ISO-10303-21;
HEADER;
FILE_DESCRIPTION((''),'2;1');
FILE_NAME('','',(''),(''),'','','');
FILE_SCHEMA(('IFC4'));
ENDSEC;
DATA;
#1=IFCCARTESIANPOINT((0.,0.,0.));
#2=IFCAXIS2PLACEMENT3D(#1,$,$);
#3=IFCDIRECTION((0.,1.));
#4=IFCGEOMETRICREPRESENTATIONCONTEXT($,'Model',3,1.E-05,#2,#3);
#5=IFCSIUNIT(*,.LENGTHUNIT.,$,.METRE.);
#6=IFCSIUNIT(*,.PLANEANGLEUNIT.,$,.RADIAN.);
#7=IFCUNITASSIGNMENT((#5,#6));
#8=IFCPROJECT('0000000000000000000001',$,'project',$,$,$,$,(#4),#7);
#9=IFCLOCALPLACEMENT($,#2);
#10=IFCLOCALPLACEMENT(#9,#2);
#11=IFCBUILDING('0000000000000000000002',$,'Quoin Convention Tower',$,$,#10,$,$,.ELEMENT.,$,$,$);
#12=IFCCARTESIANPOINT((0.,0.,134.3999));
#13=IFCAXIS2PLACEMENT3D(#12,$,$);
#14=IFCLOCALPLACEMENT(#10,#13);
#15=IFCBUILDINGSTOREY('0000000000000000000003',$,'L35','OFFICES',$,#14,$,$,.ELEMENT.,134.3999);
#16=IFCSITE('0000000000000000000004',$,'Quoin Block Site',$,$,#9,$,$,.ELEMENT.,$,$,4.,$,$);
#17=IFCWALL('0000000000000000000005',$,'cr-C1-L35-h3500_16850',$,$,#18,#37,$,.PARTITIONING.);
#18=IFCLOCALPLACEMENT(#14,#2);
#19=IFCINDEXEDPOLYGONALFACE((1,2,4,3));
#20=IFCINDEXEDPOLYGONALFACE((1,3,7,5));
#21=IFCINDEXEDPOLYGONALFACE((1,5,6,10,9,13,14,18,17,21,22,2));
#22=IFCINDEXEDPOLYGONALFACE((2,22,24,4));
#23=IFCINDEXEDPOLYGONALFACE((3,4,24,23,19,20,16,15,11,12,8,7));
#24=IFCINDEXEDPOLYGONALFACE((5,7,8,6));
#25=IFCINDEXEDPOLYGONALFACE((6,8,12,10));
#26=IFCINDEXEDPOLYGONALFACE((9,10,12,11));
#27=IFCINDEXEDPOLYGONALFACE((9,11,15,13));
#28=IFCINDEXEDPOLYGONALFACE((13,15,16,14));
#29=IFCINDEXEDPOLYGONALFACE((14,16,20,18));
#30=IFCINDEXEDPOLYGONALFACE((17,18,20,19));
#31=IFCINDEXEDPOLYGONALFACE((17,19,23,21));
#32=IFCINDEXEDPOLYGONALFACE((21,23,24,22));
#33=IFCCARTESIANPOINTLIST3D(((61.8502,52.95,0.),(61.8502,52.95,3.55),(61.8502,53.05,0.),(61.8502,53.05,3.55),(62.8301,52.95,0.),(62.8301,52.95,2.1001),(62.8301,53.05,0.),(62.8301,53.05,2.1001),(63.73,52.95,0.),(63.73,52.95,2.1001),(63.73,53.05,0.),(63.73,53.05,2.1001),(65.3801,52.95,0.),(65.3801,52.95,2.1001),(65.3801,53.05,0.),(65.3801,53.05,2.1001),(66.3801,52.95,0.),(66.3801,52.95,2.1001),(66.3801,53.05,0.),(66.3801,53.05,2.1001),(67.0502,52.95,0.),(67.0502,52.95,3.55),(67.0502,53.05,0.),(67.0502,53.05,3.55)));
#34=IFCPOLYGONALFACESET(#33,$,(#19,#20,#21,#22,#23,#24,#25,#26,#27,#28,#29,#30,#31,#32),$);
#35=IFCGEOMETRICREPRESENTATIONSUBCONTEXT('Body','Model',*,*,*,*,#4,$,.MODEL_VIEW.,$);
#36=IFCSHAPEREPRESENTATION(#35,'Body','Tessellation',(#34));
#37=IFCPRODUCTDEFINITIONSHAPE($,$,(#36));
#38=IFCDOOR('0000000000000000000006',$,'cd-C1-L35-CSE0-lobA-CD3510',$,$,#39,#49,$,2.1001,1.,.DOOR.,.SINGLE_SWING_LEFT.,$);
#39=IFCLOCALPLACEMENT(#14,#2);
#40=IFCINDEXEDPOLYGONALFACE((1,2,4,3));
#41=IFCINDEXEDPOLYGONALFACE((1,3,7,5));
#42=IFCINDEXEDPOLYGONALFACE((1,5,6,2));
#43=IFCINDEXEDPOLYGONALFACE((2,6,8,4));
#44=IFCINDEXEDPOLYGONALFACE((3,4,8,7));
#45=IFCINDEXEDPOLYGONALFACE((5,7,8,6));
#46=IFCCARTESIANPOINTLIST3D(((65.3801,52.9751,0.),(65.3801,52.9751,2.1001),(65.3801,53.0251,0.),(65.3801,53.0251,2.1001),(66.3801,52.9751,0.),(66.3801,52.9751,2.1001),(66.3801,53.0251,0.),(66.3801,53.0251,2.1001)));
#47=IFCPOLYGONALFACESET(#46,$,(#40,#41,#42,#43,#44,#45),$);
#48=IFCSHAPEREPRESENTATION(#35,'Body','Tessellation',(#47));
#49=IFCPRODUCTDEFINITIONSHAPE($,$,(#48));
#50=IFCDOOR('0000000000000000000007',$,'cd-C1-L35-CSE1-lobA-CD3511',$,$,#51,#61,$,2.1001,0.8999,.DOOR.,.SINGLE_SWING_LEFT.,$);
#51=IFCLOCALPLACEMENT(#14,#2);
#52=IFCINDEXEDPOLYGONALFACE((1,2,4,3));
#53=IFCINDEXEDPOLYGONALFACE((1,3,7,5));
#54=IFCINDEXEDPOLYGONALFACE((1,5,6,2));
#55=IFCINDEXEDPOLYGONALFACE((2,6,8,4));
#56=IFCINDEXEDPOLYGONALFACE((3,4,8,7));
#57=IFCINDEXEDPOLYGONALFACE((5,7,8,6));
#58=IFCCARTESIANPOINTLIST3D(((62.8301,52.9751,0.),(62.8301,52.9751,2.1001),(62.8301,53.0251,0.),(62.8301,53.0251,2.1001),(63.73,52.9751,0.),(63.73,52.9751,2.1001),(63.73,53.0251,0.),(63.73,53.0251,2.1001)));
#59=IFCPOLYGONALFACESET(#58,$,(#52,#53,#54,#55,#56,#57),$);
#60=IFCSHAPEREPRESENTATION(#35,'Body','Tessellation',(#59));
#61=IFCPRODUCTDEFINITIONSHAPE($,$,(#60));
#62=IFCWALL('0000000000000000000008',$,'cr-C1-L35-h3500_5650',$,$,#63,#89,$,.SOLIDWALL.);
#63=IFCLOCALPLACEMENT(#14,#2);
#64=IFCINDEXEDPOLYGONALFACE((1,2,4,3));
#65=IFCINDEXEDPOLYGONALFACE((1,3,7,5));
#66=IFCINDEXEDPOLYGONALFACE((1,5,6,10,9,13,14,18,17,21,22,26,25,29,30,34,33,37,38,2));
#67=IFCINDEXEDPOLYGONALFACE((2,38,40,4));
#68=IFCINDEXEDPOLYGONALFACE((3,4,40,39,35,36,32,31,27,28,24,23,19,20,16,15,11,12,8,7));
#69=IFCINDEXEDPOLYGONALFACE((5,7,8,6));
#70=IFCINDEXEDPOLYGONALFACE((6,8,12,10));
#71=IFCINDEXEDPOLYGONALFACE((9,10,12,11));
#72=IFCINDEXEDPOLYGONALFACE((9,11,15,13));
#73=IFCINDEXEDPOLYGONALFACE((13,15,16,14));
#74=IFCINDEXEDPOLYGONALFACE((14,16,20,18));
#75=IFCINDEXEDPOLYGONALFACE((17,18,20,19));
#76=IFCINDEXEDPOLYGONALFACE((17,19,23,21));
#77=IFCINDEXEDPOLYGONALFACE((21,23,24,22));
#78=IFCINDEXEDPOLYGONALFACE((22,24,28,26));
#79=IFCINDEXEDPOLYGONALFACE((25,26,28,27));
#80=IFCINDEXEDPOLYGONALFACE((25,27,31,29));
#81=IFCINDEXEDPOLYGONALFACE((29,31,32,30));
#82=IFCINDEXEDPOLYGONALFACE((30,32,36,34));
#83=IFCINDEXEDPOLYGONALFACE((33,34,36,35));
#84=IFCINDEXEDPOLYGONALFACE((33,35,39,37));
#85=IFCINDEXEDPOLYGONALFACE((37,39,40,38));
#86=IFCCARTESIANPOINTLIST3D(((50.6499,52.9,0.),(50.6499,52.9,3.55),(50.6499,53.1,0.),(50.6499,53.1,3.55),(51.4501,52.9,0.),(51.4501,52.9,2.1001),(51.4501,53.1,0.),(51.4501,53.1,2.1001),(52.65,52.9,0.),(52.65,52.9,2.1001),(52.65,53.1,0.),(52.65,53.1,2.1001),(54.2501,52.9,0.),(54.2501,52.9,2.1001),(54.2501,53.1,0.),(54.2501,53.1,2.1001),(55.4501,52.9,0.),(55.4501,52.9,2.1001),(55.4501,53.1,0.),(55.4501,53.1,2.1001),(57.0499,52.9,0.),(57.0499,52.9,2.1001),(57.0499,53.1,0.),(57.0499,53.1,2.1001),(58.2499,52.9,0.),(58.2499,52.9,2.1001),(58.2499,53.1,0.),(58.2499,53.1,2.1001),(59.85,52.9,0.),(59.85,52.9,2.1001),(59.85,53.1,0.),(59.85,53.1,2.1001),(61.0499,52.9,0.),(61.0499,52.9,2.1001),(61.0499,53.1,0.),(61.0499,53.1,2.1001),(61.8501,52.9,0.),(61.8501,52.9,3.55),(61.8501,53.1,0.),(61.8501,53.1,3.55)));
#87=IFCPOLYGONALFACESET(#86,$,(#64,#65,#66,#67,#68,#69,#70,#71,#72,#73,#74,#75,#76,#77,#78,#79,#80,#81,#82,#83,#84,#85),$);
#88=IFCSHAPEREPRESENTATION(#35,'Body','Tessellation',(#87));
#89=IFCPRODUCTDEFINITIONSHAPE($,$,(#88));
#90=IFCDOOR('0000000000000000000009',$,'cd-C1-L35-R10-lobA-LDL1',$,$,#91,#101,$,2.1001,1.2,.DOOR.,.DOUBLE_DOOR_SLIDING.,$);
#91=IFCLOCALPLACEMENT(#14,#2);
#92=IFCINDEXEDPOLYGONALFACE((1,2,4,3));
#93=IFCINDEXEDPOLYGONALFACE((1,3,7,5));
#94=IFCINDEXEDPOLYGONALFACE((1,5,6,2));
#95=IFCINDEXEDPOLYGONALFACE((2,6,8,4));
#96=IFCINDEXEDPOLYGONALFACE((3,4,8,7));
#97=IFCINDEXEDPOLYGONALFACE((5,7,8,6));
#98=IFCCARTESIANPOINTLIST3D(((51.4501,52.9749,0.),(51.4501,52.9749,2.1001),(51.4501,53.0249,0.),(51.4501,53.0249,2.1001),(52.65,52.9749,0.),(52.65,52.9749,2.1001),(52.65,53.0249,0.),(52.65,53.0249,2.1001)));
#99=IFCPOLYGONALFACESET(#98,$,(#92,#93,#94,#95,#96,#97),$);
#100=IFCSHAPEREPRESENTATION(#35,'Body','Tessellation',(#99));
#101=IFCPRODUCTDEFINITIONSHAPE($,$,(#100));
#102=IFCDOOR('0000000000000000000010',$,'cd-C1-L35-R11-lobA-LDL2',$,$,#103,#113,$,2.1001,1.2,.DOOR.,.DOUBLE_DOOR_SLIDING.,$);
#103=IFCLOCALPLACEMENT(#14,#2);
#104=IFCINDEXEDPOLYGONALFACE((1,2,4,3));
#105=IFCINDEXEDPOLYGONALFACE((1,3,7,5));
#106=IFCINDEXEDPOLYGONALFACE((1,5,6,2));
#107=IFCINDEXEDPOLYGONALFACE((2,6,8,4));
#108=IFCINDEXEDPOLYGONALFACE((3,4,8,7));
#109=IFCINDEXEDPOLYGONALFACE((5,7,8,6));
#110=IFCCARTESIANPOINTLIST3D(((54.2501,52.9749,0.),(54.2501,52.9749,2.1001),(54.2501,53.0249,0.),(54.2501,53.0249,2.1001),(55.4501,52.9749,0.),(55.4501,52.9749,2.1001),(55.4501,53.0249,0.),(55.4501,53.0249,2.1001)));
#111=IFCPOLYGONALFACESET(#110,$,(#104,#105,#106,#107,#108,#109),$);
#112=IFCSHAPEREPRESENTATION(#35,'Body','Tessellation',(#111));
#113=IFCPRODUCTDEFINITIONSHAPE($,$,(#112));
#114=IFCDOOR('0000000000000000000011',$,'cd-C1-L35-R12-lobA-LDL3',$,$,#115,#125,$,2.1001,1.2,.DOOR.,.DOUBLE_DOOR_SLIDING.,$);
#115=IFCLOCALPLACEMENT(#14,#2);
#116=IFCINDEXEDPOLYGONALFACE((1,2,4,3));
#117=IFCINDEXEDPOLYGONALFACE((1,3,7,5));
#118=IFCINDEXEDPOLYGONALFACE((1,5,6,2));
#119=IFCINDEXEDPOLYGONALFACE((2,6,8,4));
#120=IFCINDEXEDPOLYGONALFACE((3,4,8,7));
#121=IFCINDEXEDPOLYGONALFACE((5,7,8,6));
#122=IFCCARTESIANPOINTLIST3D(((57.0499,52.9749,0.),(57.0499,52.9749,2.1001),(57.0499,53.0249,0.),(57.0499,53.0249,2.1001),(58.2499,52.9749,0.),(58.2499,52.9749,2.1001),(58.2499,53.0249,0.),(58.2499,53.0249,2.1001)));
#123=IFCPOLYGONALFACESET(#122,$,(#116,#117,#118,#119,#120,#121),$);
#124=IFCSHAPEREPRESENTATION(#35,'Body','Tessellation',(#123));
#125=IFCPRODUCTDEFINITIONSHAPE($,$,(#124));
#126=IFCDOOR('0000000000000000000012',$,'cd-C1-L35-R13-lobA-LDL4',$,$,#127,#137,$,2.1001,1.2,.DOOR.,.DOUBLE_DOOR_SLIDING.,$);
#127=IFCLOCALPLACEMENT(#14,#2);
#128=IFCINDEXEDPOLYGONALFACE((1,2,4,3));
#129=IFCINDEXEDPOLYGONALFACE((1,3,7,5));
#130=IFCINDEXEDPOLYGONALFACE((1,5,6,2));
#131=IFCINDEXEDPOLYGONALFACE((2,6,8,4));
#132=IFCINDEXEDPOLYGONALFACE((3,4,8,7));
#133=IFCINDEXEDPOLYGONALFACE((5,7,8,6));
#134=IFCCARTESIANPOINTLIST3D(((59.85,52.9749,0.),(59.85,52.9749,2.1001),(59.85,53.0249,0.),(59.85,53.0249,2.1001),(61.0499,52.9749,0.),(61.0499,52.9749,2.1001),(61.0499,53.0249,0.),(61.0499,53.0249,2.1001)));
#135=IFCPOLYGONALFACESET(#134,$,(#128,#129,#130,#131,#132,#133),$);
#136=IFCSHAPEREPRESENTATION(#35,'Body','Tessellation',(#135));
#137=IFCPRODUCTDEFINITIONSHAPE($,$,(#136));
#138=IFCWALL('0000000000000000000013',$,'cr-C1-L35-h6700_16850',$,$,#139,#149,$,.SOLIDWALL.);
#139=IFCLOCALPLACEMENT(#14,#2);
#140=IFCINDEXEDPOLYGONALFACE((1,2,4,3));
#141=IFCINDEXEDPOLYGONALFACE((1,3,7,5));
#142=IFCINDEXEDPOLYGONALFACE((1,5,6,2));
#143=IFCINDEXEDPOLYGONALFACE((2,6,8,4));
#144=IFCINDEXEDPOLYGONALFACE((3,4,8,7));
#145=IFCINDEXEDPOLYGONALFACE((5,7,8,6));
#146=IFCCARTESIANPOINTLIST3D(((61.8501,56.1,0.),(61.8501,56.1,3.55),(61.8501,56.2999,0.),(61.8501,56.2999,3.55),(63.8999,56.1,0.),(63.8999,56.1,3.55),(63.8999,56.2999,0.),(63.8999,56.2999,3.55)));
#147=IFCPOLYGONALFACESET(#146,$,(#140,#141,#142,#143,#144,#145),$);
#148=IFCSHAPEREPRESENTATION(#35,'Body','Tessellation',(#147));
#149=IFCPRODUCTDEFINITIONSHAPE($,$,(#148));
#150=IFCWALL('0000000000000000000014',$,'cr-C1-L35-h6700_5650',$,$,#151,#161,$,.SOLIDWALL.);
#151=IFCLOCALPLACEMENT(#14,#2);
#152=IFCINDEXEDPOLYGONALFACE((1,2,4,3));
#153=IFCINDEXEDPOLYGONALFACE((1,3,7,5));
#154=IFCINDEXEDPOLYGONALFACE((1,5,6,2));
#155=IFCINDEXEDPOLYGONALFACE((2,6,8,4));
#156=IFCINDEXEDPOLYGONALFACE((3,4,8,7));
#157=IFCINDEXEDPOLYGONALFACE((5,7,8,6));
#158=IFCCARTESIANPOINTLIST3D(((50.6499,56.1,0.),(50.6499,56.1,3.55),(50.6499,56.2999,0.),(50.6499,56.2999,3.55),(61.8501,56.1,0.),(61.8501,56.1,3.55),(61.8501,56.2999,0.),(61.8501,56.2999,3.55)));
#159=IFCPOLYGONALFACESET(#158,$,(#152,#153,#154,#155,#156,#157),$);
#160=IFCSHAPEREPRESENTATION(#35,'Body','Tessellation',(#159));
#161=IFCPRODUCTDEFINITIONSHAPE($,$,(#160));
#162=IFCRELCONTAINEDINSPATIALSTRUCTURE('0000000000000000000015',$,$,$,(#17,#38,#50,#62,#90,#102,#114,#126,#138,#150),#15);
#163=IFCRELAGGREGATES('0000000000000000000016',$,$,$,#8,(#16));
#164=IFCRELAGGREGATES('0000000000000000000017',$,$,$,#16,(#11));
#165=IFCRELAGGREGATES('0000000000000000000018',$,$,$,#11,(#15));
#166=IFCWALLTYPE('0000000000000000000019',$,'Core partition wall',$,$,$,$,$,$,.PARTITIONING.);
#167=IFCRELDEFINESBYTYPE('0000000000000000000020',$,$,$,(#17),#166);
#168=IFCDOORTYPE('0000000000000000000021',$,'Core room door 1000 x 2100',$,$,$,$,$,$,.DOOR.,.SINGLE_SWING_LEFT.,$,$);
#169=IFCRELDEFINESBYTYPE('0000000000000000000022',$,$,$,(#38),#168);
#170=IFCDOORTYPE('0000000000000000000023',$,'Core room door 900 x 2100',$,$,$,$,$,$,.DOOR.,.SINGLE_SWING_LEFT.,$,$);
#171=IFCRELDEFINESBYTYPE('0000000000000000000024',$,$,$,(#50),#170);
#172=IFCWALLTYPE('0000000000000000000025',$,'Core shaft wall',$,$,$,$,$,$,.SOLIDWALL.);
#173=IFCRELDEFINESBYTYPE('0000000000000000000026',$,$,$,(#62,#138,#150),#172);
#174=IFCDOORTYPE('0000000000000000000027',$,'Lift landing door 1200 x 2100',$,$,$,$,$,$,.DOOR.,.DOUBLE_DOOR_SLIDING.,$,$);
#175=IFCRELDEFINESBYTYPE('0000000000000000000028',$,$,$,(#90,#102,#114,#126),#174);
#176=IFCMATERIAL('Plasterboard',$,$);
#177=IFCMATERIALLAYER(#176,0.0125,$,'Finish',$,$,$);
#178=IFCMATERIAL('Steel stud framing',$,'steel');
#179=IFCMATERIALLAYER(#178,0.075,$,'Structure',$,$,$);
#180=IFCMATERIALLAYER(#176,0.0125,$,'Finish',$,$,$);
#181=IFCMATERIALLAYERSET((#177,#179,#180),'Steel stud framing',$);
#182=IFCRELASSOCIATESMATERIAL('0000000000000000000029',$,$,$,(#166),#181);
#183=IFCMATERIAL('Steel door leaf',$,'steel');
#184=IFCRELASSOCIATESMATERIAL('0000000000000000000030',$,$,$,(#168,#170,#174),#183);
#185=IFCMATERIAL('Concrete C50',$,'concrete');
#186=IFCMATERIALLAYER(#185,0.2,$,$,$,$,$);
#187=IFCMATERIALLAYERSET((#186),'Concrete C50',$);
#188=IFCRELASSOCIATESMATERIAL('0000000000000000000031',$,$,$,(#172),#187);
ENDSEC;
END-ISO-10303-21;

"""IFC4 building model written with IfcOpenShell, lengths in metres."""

from ifc_helpers import new_model, si_unit, direction, frame, frame_2d, origin, place, context, subcontext, project, spatial, rectangle, extrude, material, layer, layer_set, type_object, element, fill, save


model = new_model("IFC4")

# Units and contexts
model_context = context("Model", 3, precision=1e-05, world=origin(), true_north=direction((0.0, 1.0)))
body_context = subcontext(model_context, "Body", "Model", "MODEL_VIEW")
ifc_project = project(units=[si_unit("LENGTHUNIT", "METRE"), si_unit("PLANEANGLEUNIT", "RADIAN")], contexts=[model_context])

# Site, building, storey
site_placement = place(None, origin())
site = spatial("IfcSite", under=ifc_project, at=site_placement, Name="Quoin Block Site", CompositionType="ELEMENT", RefElevation=4.0)
building_placement = place(site_placement, origin())
building = spatial("IfcBuilding", under=site, at=building_placement, Name="Quoin Convention Tower", CompositionType="ELEMENT")
storey_placement = place(building_placement, frame((0.0, 0.0, 134.3999)))
storey = spatial("IfcBuildingStorey", under=building, at=storey_placement, Name="L35", Description="OFFICES", CompositionType="ELEMENT", Elevation=134.3999)

# Walls, openings, doors
ifc_material_1 = material(Name="Plasterboard")
ifc_layer_1 = layer(ifc_material_1, 0.0125, Name="Finish")
ifc_material_2 = material(Name="Steel stud framing", Category="steel")
ifc_layer_2 = layer(ifc_material_2, 0.075, Name="Structure")
ifc_layer_3 = layer(ifc_material_1, 0.0125, Name="Finish")
ifc_layer_set_1 = layer_set([ifc_layer_1, ifc_layer_2, ifc_layer_3], Name="Steel stud framing")
wall_type_1 = type_object("IfcWallType", Name="Core partition wall", PredefinedType="PARTITIONING", material=ifc_layer_set_1)
wall_1_placement = place(storey_placement, frame((61.8501, 53.0, 0.0), z_axis=(0.0, 0.0, 1.0), x_axis=(1.0, 0.0, 0.0)))
wall_1 = element("IfcWall", 1, at=wall_1_placement, inside=storey, type_object=wall_type_1, Name="cr-C1-L35-h3500_16850", PredefinedType="PARTITIONING", context=body_context, shape_type="SweptSolid", body=[
    extrude(rectangle(XDim=5.2, YDim=0.1001, at=frame_2d((2.6001, 0.0))), origin(), (0.0, 0.0, 1.0), 3.55),
])
opening_1_placement = place(wall_1_placement, frame((3.53, 0.0, 0.0)))
opening_1 = element("IfcOpeningElement", 2, at=opening_1_placement, cuts=wall_1, PredefinedType="OPENING", context=body_context, shape_type="SweptSolid", body=[
    extrude(rectangle(XDim=1.0, YDim=2.1001, at=frame_2d((0.5, 1.05))), frame((0.0, 0.0601, 0.0), z_axis=(0.0, -1.0, 0.0), x_axis=(1.0, 0.0, 0.0)), (0.0, 0.0, 1.0), 0.1201),
])
opening_2_placement = place(wall_1_placement, frame((0.98, 0.0, 0.0)))
opening_2 = element("IfcOpeningElement", 3, at=opening_2_placement, cuts=wall_1, PredefinedType="OPENING", context=body_context, shape_type="SweptSolid", body=[
    extrude(rectangle(XDim=0.8999, YDim=2.1001, at=frame_2d((0.45, 1.05))), frame((0.0, 0.0601, 0.0), z_axis=(0.0, -1.0, 0.0), x_axis=(1.0, 0.0, 0.0)), (0.0, 0.0, 1.0), 0.1201),
])
ifc_material_3 = material(Name="Steel door leaf", Category="steel")
door_type_1 = type_object("IfcDoorType", Name="Core room door 1000 x 2100", OperationType="SINGLE_SWING_LEFT", PredefinedType="DOOR", material=ifc_material_3)
door_1_placement = place(opening_1_placement, frame((1.0, 0.0, 0.0), z_axis=(0.0, 0.0, 1.0), x_axis=(-1.0, 0.0, 0.0)))
door_1 = element("IfcDoor", 4, at=door_1_placement, inside=storey, type_object=door_type_1, Name="cd-C1-L35-CSE0-lobA-CD3510", OperationType="SINGLE_SWING_LEFT", OverallHeight=2.1001, OverallWidth=1.0, PredefinedType="DOOR", context=body_context, shape_type="SweptSolid", body=[
    extrude(rectangle(XDim=1.0, YDim=2.1001, at=frame_2d((0.5, 1.05))), frame((0.0, 0.0249, 0.0), z_axis=(0.0, -1.0, 0.0), x_axis=(1.0, 0.0, 0.0)), (0.0, 0.0, 1.0), 0.05),
])
fill(opening_1, door_1)
door_type_2 = type_object("IfcDoorType", Name="Core room door 900 x 2100", OperationType="SINGLE_SWING_LEFT", PredefinedType="DOOR", material=ifc_material_3)
door_2_placement = place(opening_2_placement, frame((0.8999, 0.0, 0.0), z_axis=(0.0, 0.0, 1.0), x_axis=(-1.0, 0.0, 0.0)))
door_2 = element("IfcDoor", 5, at=door_2_placement, inside=storey, type_object=door_type_2, Name="cd-C1-L35-CSE1-lobA-CD3511", OperationType="SINGLE_SWING_LEFT", OverallHeight=2.1001, OverallWidth=0.8999, PredefinedType="DOOR", context=body_context, shape_type="SweptSolid", body=[
    extrude(rectangle(XDim=0.8999, YDim=2.1001, at=frame_2d((0.45, 1.05))), frame((0.0, 0.0249, 0.0), z_axis=(0.0, -1.0, 0.0), x_axis=(1.0, 0.0, 0.0)), (0.0, 0.0, 1.0), 0.05),
])
fill(opening_2, door_2)
ifc_material_4 = material(Name="Concrete C50", Category="concrete")
ifc_layer_4 = layer(ifc_material_4, 0.2)
ifc_layer_set_2 = layer_set([ifc_layer_4], Name="Concrete C50")
wall_type_2 = type_object("IfcWallType", Name="Core shaft wall", PredefinedType="SOLIDWALL", material=ifc_layer_set_2)
wall_2_placement = place(storey_placement, frame((50.6499, 53.0, 0.0), z_axis=(0.0, 0.0, 1.0), x_axis=(1.0, 0.0, 0.0)))
wall_2 = element("IfcWall", 6, at=wall_2_placement, inside=storey, type_object=wall_type_2, Name="cr-C1-L35-h3500_5650", PredefinedType="SOLIDWALL", context=body_context, shape_type="SweptSolid", body=[
    extrude(rectangle(XDim=11.2002, YDim=0.2, at=frame_2d((5.6001, 0.0))), origin(), (0.0, 0.0, 1.0), 3.55),
])
opening_3_placement = place(wall_2_placement, frame((0.8, 0.0, 0.0)))
opening_3 = element("IfcOpeningElement", 7, at=opening_3_placement, cuts=wall_2, PredefinedType="OPENING", context=body_context, shape_type="SweptSolid", body=[
    extrude(rectangle(XDim=1.2, YDim=2.1001, at=frame_2d((0.6001, 1.05))), frame((0.0, 0.1099, 0.0), z_axis=(0.0, -1.0, 0.0), x_axis=(1.0, 0.0, 0.0)), (0.0, 0.0, 1.0), 0.22),
])
opening_4_placement = place(wall_2_placement, frame((3.6001, 0.0, 0.0)))
opening_4 = element("IfcOpeningElement", 8, at=opening_4_placement, cuts=wall_2, PredefinedType="OPENING", context=body_context, shape_type="SweptSolid", body=[
    extrude(rectangle(XDim=1.2, YDim=2.1001, at=frame_2d((0.6001, 1.05))), frame((0.0, 0.1099, 0.0), z_axis=(0.0, -1.0, 0.0), x_axis=(1.0, 0.0, 0.0)), (0.0, 0.0, 1.0), 0.22),
])
opening_5_placement = place(wall_2_placement, frame((6.3999, 0.0, 0.0)))
opening_5 = element("IfcOpeningElement", 9, at=opening_5_placement, cuts=wall_2, PredefinedType="OPENING", context=body_context, shape_type="SweptSolid", body=[
    extrude(rectangle(XDim=1.2, YDim=2.1001, at=frame_2d((0.6001, 1.05))), frame((0.0, 0.1099, 0.0), z_axis=(0.0, -1.0, 0.0), x_axis=(1.0, 0.0, 0.0)), (0.0, 0.0, 1.0), 0.22),
])
opening_6_placement = place(wall_2_placement, frame((9.2, 0.0, 0.0)))
opening_6 = element("IfcOpeningElement", 10, at=opening_6_placement, cuts=wall_2, PredefinedType="OPENING", context=body_context, shape_type="SweptSolid", body=[
    extrude(rectangle(XDim=1.2, YDim=2.1001, at=frame_2d((0.6001, 1.05))), frame((0.0, 0.1099, 0.0), z_axis=(0.0, -1.0, 0.0), x_axis=(1.0, 0.0, 0.0)), (0.0, 0.0, 1.0), 0.22),
])
door_type_3 = type_object("IfcDoorType", Name="Lift landing door 1200 x 2100", OperationType="DOUBLE_DOOR_SLIDING", PredefinedType="DOOR", material=ifc_material_3)
door_3_placement = place(opening_3_placement, origin())
door_3 = element("IfcDoor", 11, at=door_3_placement, inside=storey, type_object=door_type_3, Name="cd-C1-L35-R10-lobA-LDL1", OperationType="DOUBLE_DOOR_SLIDING", OverallHeight=2.1001, OverallWidth=1.2, PredefinedType="DOOR", context=body_context, shape_type="SweptSolid", body=[
    extrude(rectangle(XDim=1.2, YDim=2.1001, at=frame_2d((0.6001, 1.05))), frame((0.0, 0.0249, 0.0), z_axis=(0.0, -1.0, 0.0), x_axis=(1.0, 0.0, 0.0)), (0.0, 0.0, 1.0), 0.05),
])
fill(opening_3, door_3)
door_4_placement = place(opening_4_placement, origin())
door_4 = element("IfcDoor", 12, at=door_4_placement, inside=storey, type_object=door_type_3, Name="cd-C1-L35-R11-lobA-LDL2", OperationType="DOUBLE_DOOR_SLIDING", OverallHeight=2.1001, OverallWidth=1.2, PredefinedType="DOOR", context=body_context, shape_type="SweptSolid", body=[
    extrude(rectangle(XDim=1.2, YDim=2.1001, at=frame_2d((0.6001, 1.05))), frame((0.0, 0.0249, 0.0), z_axis=(0.0, -1.0, 0.0), x_axis=(1.0, 0.0, 0.0)), (0.0, 0.0, 1.0), 0.05),
])
fill(opening_4, door_4)
door_5_placement = place(opening_5_placement, origin())
door_5 = element("IfcDoor", 13, at=door_5_placement, inside=storey, type_object=door_type_3, Name="cd-C1-L35-R12-lobA-LDL3", OperationType="DOUBLE_DOOR_SLIDING", OverallHeight=2.1001, OverallWidth=1.2, PredefinedType="DOOR", context=body_context, shape_type="SweptSolid", body=[
    extrude(rectangle(XDim=1.2, YDim=2.1001, at=frame_2d((0.6001, 1.05))), frame((0.0, 0.0249, 0.0), z_axis=(0.0, -1.0, 0.0), x_axis=(1.0, 0.0, 0.0)), (0.0, 0.0, 1.0), 0.05),
])
fill(opening_5, door_5)
door_6_placement = place(opening_6_placement, origin())
door_6 = element("IfcDoor", 14, at=door_6_placement, inside=storey, type_object=door_type_3, Name="cd-C1-L35-R13-lobA-LDL4", OperationType="DOUBLE_DOOR_SLIDING", OverallHeight=2.1001, OverallWidth=1.2, PredefinedType="DOOR", context=body_context, shape_type="SweptSolid", body=[
    extrude(rectangle(XDim=1.2, YDim=2.1001, at=frame_2d((0.6001, 1.05))), frame((0.0, 0.0249, 0.0), z_axis=(0.0, -1.0, 0.0), x_axis=(1.0, 0.0, 0.0)), (0.0, 0.0, 1.0), 0.05),
])
fill(opening_6, door_6)

# Walls
wall_3_placement = place(storey_placement, frame((61.8501, 56.2, 0.0), z_axis=(0.0, 0.0, 1.0), x_axis=(1.0, 0.0, 0.0)))
element("IfcWall", 15, at=wall_3_placement, inside=storey, type_object=wall_type_2, Name="cr-C1-L35-h6700_16850", PredefinedType="SOLIDWALL", context=body_context, shape_type="SweptSolid", body=[
    extrude(rectangle(XDim=2.0498, YDim=0.2, at=frame_2d((1.0249, 0.0))), origin(), (0.0, 0.0, 1.0), 3.55),
])
wall_4_placement = place(storey_placement, frame((50.6499, 56.2, 0.0), z_axis=(0.0, 0.0, 1.0), x_axis=(1.0, 0.0, 0.0)))
element("IfcWall", 16, at=wall_4_placement, inside=storey, type_object=wall_type_2, Name="cr-C1-L35-h6700_5650", PredefinedType="SOLIDWALL", context=body_context, shape_type="SweptSolid", body=[
    extrude(rectangle(XDim=11.2002, YDim=0.2, at=frame_2d((5.6001, 0.0))), origin(), (0.0, 0.0, 1.0), 3.55),
])

save(model, "model.ifc")
